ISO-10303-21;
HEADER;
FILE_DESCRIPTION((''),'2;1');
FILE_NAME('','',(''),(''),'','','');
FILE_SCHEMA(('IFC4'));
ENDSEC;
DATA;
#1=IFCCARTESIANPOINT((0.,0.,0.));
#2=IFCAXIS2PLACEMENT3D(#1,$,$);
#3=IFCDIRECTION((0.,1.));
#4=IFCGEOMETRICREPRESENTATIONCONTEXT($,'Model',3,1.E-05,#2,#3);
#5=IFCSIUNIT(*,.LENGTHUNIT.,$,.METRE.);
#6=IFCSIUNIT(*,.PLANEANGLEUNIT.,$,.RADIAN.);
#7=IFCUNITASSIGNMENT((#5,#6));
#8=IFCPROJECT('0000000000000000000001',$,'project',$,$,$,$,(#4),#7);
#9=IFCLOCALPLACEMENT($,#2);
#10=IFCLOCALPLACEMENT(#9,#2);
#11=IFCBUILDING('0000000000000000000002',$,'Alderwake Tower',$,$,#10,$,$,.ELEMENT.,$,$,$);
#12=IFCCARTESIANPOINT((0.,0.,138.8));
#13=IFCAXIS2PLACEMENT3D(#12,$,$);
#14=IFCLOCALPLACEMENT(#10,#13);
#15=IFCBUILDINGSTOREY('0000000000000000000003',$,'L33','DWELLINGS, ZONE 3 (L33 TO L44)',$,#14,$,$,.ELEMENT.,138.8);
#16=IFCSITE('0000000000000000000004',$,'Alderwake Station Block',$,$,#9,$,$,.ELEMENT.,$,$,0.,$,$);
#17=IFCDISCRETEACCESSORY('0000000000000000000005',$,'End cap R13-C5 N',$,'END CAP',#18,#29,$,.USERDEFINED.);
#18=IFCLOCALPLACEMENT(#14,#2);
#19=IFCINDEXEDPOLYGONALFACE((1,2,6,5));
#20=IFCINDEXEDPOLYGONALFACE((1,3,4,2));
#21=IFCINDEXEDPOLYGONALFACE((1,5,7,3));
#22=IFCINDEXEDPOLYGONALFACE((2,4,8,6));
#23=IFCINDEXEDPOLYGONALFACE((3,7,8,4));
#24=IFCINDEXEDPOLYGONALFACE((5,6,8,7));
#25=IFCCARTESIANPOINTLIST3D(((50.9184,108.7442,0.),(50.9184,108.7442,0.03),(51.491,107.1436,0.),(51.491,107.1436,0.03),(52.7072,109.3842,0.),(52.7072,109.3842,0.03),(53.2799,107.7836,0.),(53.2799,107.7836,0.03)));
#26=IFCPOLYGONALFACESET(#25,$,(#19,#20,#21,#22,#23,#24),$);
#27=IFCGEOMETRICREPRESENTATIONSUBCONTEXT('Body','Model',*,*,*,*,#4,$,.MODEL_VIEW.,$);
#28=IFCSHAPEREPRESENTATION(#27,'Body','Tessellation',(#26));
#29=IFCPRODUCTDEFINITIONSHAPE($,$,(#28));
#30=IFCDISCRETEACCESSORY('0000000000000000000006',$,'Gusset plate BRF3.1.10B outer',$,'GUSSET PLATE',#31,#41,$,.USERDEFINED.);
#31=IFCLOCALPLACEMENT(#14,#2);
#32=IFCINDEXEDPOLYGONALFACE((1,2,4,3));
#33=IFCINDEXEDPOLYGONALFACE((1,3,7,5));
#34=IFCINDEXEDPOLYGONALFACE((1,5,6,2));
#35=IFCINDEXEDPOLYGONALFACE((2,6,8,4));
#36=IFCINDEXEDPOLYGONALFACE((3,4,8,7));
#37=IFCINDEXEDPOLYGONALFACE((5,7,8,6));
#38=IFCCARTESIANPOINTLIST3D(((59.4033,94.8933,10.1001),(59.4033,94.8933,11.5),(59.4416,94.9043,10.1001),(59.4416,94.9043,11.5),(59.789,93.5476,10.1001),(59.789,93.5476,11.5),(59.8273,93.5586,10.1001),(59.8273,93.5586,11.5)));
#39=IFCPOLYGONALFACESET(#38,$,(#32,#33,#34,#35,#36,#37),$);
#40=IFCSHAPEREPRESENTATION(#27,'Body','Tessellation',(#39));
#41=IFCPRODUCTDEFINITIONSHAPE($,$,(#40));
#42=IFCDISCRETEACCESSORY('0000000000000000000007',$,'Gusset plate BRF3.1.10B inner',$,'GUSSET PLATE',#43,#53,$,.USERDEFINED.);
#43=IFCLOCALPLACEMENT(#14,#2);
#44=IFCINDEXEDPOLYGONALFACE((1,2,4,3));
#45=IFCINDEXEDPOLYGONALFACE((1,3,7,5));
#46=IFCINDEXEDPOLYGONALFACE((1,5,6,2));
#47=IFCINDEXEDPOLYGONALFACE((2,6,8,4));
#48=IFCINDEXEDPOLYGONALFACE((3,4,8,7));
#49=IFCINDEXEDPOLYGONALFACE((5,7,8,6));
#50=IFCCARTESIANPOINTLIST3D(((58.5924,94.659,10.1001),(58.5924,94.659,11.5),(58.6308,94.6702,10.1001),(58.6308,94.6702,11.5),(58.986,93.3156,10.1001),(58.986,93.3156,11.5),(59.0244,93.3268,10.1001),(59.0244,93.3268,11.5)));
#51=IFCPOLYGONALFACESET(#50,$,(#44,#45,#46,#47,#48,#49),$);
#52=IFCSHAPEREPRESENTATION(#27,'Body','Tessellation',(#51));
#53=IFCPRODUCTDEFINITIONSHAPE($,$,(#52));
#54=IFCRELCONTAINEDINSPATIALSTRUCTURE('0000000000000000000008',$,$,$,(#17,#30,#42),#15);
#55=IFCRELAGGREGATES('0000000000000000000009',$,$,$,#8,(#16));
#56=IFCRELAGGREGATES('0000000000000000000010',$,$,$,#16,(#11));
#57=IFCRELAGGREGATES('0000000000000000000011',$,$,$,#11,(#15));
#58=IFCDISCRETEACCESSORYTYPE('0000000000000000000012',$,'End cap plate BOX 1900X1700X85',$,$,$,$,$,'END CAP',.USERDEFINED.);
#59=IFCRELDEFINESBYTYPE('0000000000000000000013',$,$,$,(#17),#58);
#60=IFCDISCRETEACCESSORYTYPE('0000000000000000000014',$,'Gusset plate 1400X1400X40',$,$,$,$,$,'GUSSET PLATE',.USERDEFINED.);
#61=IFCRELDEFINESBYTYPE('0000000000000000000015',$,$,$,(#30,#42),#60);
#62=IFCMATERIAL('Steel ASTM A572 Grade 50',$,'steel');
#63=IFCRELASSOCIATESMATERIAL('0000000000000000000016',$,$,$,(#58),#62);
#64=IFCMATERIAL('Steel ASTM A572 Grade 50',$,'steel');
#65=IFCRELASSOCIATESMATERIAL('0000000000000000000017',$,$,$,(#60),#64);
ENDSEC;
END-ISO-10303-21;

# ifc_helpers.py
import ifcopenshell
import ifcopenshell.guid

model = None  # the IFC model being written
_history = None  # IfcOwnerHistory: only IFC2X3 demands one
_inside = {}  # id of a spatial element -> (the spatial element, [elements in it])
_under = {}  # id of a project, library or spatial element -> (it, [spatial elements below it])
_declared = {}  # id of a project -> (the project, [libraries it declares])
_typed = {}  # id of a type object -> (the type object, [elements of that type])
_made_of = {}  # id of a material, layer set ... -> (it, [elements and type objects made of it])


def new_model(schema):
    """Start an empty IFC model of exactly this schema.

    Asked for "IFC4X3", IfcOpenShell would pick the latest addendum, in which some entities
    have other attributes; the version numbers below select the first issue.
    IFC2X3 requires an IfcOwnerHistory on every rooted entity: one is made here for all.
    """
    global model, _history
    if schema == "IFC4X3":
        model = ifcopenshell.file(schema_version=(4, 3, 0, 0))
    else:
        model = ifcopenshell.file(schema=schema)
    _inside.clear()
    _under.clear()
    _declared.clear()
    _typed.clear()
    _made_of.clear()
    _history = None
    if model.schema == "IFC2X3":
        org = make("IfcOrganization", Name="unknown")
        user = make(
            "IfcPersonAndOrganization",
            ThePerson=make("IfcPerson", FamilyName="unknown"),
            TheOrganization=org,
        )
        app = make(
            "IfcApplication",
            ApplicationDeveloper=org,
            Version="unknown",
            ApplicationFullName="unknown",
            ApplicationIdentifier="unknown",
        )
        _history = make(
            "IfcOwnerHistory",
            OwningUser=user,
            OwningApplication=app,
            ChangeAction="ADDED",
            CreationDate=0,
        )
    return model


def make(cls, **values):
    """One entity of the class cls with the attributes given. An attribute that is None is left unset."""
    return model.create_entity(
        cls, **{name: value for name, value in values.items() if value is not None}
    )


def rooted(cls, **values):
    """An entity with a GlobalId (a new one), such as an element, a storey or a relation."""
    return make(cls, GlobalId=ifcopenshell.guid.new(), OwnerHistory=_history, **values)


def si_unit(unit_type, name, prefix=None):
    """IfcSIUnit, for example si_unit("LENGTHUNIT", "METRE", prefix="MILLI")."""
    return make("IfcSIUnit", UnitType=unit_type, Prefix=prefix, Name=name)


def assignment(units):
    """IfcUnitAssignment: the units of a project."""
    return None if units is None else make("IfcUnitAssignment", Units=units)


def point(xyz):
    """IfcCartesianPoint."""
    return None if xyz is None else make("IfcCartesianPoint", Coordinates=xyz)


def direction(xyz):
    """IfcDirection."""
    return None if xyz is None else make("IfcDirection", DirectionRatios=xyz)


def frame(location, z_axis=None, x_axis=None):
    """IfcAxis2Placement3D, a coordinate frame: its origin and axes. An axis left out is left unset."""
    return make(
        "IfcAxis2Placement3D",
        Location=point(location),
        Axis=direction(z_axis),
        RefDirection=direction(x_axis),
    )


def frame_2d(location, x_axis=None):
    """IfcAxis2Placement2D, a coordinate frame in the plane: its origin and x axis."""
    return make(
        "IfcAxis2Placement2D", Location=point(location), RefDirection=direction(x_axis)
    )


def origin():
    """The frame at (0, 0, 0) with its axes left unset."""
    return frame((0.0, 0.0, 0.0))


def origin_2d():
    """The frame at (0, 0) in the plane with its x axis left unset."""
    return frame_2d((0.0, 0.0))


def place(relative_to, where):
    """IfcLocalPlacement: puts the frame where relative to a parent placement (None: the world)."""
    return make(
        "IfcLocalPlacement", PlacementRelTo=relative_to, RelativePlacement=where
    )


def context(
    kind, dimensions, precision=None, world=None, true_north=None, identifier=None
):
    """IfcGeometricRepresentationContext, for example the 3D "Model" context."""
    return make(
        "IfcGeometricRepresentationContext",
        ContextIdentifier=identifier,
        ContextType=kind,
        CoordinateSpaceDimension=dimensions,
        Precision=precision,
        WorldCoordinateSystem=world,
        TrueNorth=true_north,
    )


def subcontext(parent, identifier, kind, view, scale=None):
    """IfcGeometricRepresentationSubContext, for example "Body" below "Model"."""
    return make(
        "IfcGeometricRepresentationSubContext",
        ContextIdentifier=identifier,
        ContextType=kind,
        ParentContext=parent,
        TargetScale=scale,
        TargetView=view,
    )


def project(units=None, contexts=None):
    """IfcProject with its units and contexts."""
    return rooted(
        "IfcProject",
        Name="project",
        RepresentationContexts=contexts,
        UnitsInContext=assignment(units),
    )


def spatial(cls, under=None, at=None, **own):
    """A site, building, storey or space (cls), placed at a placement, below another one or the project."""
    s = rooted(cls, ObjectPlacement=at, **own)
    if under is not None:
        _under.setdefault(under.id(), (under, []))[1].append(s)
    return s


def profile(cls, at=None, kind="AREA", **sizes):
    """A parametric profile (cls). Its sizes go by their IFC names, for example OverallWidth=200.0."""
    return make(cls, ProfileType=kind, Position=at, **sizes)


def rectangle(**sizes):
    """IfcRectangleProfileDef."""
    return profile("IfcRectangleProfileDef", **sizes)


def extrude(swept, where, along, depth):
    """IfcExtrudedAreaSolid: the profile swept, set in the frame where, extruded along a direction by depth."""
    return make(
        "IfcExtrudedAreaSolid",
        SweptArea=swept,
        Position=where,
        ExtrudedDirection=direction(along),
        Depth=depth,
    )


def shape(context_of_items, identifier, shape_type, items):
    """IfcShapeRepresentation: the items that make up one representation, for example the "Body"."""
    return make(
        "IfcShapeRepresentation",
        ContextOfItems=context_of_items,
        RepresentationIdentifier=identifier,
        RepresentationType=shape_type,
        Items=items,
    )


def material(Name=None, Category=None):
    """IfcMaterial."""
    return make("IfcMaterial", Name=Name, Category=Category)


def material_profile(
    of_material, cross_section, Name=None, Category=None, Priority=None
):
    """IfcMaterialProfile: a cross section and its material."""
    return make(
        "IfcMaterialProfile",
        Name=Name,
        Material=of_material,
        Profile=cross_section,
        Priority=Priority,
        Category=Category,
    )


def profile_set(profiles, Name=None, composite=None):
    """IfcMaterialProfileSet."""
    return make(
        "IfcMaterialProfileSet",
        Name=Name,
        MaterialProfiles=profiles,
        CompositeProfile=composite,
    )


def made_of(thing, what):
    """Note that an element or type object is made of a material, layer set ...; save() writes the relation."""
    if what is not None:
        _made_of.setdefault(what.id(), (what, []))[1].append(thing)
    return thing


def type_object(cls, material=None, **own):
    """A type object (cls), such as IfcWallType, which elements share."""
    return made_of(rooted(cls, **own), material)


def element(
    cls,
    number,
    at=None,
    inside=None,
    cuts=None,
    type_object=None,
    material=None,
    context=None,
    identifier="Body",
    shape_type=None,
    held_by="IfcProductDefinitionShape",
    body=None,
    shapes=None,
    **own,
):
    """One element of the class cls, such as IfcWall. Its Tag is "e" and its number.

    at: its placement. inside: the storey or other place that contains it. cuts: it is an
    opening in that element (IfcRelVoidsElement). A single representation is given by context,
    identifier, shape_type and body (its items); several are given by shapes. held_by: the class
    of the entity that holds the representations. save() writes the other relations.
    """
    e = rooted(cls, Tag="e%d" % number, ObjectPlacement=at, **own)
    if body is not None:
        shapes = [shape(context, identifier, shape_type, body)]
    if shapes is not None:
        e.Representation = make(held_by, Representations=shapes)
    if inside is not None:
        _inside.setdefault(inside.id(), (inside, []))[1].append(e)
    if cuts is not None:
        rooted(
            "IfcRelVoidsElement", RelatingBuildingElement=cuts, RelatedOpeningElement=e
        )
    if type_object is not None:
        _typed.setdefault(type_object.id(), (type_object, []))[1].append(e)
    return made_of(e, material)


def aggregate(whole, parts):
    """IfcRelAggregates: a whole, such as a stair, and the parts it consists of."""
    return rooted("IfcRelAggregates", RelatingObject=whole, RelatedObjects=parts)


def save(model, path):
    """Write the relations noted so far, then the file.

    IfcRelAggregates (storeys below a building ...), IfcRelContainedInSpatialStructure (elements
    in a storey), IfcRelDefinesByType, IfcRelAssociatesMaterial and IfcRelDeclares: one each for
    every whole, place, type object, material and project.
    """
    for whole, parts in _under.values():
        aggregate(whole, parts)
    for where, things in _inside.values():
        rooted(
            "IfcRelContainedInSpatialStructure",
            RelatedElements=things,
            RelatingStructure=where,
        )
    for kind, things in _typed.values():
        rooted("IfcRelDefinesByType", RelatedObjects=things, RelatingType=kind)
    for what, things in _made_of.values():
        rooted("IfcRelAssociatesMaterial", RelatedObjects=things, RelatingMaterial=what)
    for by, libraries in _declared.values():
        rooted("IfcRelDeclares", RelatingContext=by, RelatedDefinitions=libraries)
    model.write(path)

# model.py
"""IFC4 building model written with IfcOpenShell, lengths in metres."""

from ifc_helpers import new_model, si_unit, direction, frame, origin, origin_2d, place, context, subcontext, project, spatial, rectangle, extrude, material, material_profile, profile_set, type_object, element, save


model = new_model("IFC4")

# Units and contexts
model_context = context("Model", 3, precision=1e-05, world=origin(), true_north=direction((0.0, 1.0)))
body_context = subcontext(model_context, "Body", "Model", "MODEL_VIEW")
ifc_project = project(units=[si_unit("LENGTHUNIT", "METRE"), si_unit("PLANEANGLEUNIT", "RADIAN")], contexts=[model_context])

# Site, building, storey
site_placement = place(None, origin())
site = spatial("IfcSite", under=ifc_project, at=site_placement, Name="Alderwake Station Block", CompositionType="ELEMENT", RefElevation=0.0)
building_placement = place(site_placement, origin())
building = spatial("IfcBuilding", under=site, at=building_placement, Name="Alderwake Tower", CompositionType="ELEMENT")
storey_placement = place(building_placement, frame((0.0, 0.0, 138.8)))
storey = spatial("IfcBuildingStorey", under=building, at=storey_placement, Name="L33", Description="DWELLINGS, ZONE 3 (L33 TO L44)", CompositionType="ELEMENT", Elevation=138.8)

# Discrete accessories
ifc_material_1 = material(Name="Steel ASTM A572 Grade 50", Category="steel")
ifc_material_profile_1 = material_profile(ifc_material_1, rectangle(XDim=1.7, YDim=1.8999, at=origin_2d()), Name="BOX 1900X1700X85 cap")
ifc_profile_set_1 = profile_set([ifc_material_profile_1], Name="Steel ASTM A572 Grade 50")
discrete_accessory_type_1 = type_object("IfcDiscreteAccessoryType", Name="End cap plate BOX 1900X1700X85", ElementType="END CAP", PredefinedType="USERDEFINED", material=ifc_profile_set_1)
discrete_accessory_1_placement = place(storey_placement, frame((52.0991, 108.2639, 0.0), z_axis=(0.0, 0.0, 1.0), x_axis=(-0.336878, 0.941548, 0.0)))
element("IfcDiscreteAccessory", 1, at=discrete_accessory_1_placement, inside=storey, type_object=discrete_accessory_type_1, Name="End cap R13-C5 N", ObjectType="END CAP", PredefinedType="USERDEFINED", context=body_context, shape_type="SweptSolid", body=[
    extrude(rectangle(XDim=1.7, YDim=1.8999, at=origin_2d()), origin(), (0.0, 0.0, 1.0), 0.03),
])
ifc_material_2 = material(Name="Steel ASTM A572 Grade 50", Category="steel")
ifc_material_profile_2 = material_profile(ifc_material_2, rectangle(XDim=1.3999, YDim=1.3999, at=origin_2d()), Name="gusset 1400X1400")
ifc_profile_set_2 = profile_set([ifc_material_profile_2], Name="Steel ASTM A572 Grade 50")
discrete_accessory_type_2 = type_object("IfcDiscreteAccessoryType", Name="Gusset plate 1400X1400X40", ElementType="GUSSET PLATE", PredefinedType="USERDEFINED", material=ifc_profile_set_2)
discrete_accessory_2_placement = place(storey_placement, frame((59.5962, 94.2205, 10.8), z_axis=(0.961293, 0.27553, 0.0), x_axis=(-0.27553, 0.961293, 0.0)))
element("IfcDiscreteAccessory", 2, at=discrete_accessory_2_placement, inside=storey, type_object=discrete_accessory_type_2, Name="Gusset plate BRF3.1.10B outer", ObjectType="GUSSET PLATE", PredefinedType="USERDEFINED", context=body_context, shape_type="SweptSolid", body=[
    extrude(rectangle(XDim=1.3999, YDim=1.3999, at=origin_2d()), origin(), (0.0, 0.0, 1.0), 0.0398),
])
discrete_accessory_3_placement = place(storey_placement, frame((58.8276, 93.9985, 10.8), z_axis=(-0.959657, -0.281173, 0.0), x_axis=(0.281173, -0.959657, 0.0)))
element("IfcDiscreteAccessory", 3, at=discrete_accessory_3_placement, inside=storey, type_object=discrete_accessory_type_2, Name="Gusset plate BRF3.1.10B inner", ObjectType="GUSSET PLATE", PredefinedType="USERDEFINED", context=body_context, shape_type="SweptSolid", body=[
    extrude(rectangle(XDim=1.3999, YDim=1.3999, at=origin_2d()), origin(), (0.0, 0.0, 1.0), 0.04),
])

save(model, "model.ifc")
